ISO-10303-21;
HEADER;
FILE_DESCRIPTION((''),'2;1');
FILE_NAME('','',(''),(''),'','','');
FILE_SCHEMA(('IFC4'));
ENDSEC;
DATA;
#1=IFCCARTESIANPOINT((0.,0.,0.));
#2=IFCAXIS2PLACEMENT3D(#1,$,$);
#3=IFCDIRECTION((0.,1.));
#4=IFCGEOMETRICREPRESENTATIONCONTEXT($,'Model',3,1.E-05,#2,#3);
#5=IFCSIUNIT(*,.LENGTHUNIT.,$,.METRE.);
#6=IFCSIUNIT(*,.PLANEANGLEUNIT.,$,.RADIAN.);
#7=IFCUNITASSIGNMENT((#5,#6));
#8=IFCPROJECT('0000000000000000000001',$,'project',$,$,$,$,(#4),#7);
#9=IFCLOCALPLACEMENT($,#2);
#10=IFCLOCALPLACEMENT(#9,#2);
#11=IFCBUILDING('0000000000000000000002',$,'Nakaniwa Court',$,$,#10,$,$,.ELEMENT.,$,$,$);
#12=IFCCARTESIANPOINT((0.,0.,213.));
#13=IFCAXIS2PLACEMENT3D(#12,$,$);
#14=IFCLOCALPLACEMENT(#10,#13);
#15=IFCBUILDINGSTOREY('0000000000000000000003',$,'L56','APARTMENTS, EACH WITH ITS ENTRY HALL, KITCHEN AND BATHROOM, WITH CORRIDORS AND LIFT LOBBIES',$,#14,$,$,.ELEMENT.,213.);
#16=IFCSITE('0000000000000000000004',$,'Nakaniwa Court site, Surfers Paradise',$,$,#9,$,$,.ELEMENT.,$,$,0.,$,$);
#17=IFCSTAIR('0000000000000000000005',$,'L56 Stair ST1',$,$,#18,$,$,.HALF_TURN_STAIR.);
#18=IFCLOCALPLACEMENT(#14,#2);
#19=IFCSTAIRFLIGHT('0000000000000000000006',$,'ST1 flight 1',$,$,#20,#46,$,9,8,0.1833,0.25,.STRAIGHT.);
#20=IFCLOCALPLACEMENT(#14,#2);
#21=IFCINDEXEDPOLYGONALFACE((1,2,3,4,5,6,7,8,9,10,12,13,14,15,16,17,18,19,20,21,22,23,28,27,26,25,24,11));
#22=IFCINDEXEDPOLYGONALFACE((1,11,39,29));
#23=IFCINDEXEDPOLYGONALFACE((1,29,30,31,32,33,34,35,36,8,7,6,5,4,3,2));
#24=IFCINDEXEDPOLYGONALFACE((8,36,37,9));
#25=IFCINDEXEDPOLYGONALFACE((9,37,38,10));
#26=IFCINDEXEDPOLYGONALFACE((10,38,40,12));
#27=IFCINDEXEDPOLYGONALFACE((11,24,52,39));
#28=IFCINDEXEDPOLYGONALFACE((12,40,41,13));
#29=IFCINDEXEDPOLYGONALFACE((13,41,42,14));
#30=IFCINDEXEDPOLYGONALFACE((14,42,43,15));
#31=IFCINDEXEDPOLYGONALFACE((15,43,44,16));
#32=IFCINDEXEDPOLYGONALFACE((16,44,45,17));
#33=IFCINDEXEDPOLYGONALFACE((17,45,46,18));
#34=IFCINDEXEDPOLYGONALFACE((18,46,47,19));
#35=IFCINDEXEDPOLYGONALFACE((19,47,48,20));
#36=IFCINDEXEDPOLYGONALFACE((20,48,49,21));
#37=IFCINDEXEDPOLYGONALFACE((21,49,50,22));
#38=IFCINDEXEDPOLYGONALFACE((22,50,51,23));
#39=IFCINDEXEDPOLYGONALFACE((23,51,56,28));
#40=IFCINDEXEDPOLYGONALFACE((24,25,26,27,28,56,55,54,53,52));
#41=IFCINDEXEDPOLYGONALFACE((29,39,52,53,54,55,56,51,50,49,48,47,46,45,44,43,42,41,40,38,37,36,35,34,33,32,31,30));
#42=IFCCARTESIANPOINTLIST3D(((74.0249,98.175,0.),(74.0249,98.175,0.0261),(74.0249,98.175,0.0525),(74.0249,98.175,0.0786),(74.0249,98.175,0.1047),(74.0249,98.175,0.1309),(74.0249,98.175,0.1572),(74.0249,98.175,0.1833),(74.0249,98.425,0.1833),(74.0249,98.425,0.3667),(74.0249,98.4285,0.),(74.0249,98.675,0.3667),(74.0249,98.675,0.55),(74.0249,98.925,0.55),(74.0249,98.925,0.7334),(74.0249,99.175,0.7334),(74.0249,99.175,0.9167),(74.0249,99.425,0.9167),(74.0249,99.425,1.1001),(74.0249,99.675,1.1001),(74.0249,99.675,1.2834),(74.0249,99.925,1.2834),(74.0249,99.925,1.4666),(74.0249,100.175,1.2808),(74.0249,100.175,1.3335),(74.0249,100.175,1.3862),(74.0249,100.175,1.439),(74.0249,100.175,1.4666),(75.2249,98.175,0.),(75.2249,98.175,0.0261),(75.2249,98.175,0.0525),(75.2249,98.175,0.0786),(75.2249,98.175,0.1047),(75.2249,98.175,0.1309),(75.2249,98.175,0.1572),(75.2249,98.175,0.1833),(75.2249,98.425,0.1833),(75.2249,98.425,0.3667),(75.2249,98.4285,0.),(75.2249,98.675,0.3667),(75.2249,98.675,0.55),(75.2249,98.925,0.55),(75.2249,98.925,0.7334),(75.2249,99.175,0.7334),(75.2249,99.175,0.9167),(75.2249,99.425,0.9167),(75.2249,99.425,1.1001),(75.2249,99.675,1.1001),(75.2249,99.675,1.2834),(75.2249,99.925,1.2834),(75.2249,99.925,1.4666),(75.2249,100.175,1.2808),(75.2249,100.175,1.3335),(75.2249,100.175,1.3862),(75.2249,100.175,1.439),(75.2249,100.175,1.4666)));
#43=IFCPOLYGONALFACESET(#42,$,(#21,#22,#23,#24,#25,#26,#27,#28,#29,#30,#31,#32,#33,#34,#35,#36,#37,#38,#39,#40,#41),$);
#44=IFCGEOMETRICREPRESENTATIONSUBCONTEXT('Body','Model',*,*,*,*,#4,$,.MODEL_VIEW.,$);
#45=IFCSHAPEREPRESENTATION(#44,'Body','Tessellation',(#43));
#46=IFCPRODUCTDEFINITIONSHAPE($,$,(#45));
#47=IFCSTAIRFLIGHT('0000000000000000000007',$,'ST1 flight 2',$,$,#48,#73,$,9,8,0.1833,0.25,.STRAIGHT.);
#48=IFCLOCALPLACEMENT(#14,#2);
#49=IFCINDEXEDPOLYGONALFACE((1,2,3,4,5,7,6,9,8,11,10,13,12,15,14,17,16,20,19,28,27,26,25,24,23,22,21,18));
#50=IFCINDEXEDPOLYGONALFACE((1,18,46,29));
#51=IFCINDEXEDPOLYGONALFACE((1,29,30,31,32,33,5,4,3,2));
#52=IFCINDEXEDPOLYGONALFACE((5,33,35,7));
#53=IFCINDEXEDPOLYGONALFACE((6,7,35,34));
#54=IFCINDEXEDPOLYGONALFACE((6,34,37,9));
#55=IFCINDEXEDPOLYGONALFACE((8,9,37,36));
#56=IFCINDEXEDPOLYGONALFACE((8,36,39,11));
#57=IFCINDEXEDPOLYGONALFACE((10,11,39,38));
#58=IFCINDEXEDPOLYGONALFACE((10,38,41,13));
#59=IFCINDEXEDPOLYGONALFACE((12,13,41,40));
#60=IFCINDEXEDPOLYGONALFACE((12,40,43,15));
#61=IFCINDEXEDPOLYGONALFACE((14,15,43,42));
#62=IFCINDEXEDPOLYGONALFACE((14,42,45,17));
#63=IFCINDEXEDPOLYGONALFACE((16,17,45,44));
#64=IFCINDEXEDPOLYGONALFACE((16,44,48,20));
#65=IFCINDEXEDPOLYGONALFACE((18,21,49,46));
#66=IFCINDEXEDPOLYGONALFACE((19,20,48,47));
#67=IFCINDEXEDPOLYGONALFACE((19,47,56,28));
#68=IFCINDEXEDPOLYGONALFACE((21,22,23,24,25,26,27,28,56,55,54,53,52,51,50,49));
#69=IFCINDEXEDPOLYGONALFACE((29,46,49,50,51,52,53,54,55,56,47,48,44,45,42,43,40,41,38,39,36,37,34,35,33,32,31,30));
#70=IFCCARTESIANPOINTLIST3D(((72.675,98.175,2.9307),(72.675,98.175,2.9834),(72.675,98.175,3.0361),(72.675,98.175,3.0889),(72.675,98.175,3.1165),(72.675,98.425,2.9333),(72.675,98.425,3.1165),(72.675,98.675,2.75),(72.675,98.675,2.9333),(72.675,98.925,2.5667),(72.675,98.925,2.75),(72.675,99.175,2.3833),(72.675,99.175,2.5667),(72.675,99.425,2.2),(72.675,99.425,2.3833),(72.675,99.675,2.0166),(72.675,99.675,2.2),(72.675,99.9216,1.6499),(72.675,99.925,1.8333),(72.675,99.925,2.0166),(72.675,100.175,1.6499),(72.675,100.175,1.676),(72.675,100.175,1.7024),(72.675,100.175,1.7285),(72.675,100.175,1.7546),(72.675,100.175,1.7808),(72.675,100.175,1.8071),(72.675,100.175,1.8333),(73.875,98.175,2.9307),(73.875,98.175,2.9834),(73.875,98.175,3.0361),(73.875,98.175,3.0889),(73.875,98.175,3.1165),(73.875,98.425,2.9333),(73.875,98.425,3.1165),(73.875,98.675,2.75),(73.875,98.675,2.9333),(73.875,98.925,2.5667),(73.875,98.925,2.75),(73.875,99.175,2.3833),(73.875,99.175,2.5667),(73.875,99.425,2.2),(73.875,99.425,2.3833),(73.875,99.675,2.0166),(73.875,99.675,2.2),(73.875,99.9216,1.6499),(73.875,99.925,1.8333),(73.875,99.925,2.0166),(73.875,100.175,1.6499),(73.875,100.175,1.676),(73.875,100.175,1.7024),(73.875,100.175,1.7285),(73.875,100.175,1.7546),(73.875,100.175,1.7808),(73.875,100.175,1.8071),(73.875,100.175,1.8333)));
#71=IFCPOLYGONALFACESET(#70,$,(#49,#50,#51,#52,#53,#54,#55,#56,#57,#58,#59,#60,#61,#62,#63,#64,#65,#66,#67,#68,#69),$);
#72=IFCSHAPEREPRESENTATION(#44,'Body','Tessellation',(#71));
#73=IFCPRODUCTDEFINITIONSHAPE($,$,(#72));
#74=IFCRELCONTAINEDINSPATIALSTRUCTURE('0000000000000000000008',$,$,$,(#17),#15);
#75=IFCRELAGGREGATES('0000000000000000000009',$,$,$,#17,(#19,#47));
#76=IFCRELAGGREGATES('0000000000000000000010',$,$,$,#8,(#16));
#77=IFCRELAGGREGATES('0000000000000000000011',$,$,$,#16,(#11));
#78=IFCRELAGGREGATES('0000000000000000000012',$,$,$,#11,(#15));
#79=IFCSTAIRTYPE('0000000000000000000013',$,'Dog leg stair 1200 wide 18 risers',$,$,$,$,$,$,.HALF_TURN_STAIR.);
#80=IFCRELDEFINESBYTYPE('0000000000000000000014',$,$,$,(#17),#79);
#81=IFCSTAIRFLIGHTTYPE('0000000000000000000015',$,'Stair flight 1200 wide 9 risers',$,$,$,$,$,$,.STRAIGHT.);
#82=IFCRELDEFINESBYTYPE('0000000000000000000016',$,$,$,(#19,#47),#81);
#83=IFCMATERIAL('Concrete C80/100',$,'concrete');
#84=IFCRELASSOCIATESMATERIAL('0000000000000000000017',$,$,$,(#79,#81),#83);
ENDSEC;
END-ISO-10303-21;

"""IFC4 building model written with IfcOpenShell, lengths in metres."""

from ifc_helpers import new_model, si_unit, direction, frame, origin, place, context, subcontext, project, spatial, polyline, outline, extrude, material, type_object, element, aggregate, save


model = new_model("IFC4")

# Units and contexts
model_context = context("Model", 3, precision=1e-05, world=origin(), true_north=direction((0.0, 1.0)))
body_context = subcontext(model_context, "Body", "Model", "MODEL_VIEW")
ifc_project = project(units=[si_unit("LENGTHUNIT", "METRE"), si_unit("PLANEANGLEUNIT", "RADIAN")], contexts=[model_context])

# Site, building, storey
site_placement = place(None, origin())
site = spatial("IfcSite", under=ifc_project, at=site_placement, Name="Nakaniwa Court site, Surfers Paradise", CompositionType="ELEMENT", RefElevation=0.0)
building_placement = place(site_placement, origin())
building = spatial("IfcBuilding", under=site, at=building_placement, Name="Nakaniwa Court", CompositionType="ELEMENT")
storey_placement = place(building_placement, frame((0.0, 0.0, 213.0)))
storey = spatial("IfcBuildingStorey", under=building, at=storey_placement, Name="L56", Description="APARTMENTS, EACH WITH ITS ENTRY HALL, KITCHEN AND BATHROOM, WITH CORRIDORS AND LIFT LOBBIES", CompositionType="ELEMENT", Elevation=213.0)

# Shared definitions
ifc_material_1 = material(Name="Concrete C80/100", Category="concrete")

# Stair, stair flights
stair_type = type_object("IfcStairType", Name="Dog leg stair 1200 wide 18 risers", PredefinedType="HALF_TURN_STAIR", material=ifc_material_1)
stair_placement = place(storey_placement, origin())
stair = element("IfcStair", 1, at=stair_placement, inside=storey, type_object=stair_type, Name="L56 Stair ST1", PredefinedType="HALF_TURN_STAIR")
stair_flight_type = type_object("IfcStairFlightType", Name="Stair flight 1200 wide 9 risers", PredefinedType="STRAIGHT", material=ifc_material_1)
stair_flight_1_placement = place(storey_placement, frame((74.625, 98.175, 0.0), z_axis=(0.0, 0.0, 1.0), x_axis=(0.0, 1.0, 0.0)))
stair_flight_1 = element("IfcStairFlight", 2, at=stair_flight_1_placement, type_object=stair_flight_type, Name="ST1 flight 1", NumberOfRisers=9, NumberOfTreads=8, PredefinedType="STRAIGHT", RiserHeight=0.1833, TreadLength=0.25, context=body_context, shape_type="SweptSolid", body=[
    extrude(outline(polyline([(0.0, 0.0), (0.0, 0.0261), (0.0, 0.0525), (0.0, 0.0786), (0.0, 0.1047), (0.0, 0.1309), (0.0, 0.1572), (0.0, 0.1833), (0.25, 0.1833), (0.25, 0.3667), (0.5, 0.3667), (0.5, 0.55), (0.75, 0.55), (0.75, 0.7334), (1.0, 0.7334), (1.0, 0.9167), (1.25, 0.9167), (1.25, 1.1001), (1.5, 1.1001), (1.5, 1.2834), (1.75, 1.2834), (1.75, 1.4666), (2.0, 1.4666), (2.0, 1.6499), (2.0, 1.5972), (2.0, 1.5444), (2.0, 1.4917), (2.0, 1.439), (2.0, 1.3862), (2.0, 1.3335), (2.0, 1.2808), (0.2534, 0.0), (0.0, 0.0)])), frame((0.0, 0.6001, 0.0), z_axis=(0.0, -1.0, 0.0), x_axis=(1.0, 0.0, 0.0)), (0.0, 0.0, 1.0), 1.2),
])
stair_flight_2_placement = place(storey_placement, frame((73.2749, 100.175, 1.6499), z_axis=(0.0, 0.0, 1.0), x_axis=(0.0, -1.0, 0.0)))
stair_flight_2 = element("IfcStairFlight", 3, at=stair_flight_2_placement, type_object=stair_flight_type, Name="ST1 flight 2", NumberOfRisers=9, NumberOfTreads=8, PredefinedType="STRAIGHT", RiserHeight=0.1833, TreadLength=0.25, context=body_context, shape_type="SweptSolid", body=[
    extrude(outline(polyline([(0.0, 0.0), (0.0, 0.0261), (0.0, 0.0525), (0.0, 0.0786), (0.0, 0.1047), (0.0, 0.1309), (0.0, 0.1572), (0.0, 0.1833), (0.25, 0.1833), (0.25, 0.3667), (0.5, 0.3667), (0.5, 0.55), (0.75, 0.55), (0.75, 0.7334), (1.0, 0.7334), (1.0, 0.9167), (1.25, 0.9167), (1.25, 1.1001), (1.5, 1.1001), (1.5, 1.2834), (1.75, 1.2834), (1.75, 1.4666), (2.0, 1.4666), (2.0, 1.6499), (2.0, 1.5972), (2.0, 1.5444), (2.0, 1.4917), (2.0, 1.439), (2.0, 1.3862), (2.0, 1.3335), (2.0, 1.2808), (0.2534, 0.0), (0.0, 0.0)])), frame((0.0, 0.6001, 0.0), z_axis=(0.0, -1.0, 0.0), x_axis=(1.0, 0.0, 0.0)), (0.0, 0.0, 1.0), 1.2),
])
aggregate(stair, [stair_flight_1, stair_flight_2])

save(model, "model.ifc")
